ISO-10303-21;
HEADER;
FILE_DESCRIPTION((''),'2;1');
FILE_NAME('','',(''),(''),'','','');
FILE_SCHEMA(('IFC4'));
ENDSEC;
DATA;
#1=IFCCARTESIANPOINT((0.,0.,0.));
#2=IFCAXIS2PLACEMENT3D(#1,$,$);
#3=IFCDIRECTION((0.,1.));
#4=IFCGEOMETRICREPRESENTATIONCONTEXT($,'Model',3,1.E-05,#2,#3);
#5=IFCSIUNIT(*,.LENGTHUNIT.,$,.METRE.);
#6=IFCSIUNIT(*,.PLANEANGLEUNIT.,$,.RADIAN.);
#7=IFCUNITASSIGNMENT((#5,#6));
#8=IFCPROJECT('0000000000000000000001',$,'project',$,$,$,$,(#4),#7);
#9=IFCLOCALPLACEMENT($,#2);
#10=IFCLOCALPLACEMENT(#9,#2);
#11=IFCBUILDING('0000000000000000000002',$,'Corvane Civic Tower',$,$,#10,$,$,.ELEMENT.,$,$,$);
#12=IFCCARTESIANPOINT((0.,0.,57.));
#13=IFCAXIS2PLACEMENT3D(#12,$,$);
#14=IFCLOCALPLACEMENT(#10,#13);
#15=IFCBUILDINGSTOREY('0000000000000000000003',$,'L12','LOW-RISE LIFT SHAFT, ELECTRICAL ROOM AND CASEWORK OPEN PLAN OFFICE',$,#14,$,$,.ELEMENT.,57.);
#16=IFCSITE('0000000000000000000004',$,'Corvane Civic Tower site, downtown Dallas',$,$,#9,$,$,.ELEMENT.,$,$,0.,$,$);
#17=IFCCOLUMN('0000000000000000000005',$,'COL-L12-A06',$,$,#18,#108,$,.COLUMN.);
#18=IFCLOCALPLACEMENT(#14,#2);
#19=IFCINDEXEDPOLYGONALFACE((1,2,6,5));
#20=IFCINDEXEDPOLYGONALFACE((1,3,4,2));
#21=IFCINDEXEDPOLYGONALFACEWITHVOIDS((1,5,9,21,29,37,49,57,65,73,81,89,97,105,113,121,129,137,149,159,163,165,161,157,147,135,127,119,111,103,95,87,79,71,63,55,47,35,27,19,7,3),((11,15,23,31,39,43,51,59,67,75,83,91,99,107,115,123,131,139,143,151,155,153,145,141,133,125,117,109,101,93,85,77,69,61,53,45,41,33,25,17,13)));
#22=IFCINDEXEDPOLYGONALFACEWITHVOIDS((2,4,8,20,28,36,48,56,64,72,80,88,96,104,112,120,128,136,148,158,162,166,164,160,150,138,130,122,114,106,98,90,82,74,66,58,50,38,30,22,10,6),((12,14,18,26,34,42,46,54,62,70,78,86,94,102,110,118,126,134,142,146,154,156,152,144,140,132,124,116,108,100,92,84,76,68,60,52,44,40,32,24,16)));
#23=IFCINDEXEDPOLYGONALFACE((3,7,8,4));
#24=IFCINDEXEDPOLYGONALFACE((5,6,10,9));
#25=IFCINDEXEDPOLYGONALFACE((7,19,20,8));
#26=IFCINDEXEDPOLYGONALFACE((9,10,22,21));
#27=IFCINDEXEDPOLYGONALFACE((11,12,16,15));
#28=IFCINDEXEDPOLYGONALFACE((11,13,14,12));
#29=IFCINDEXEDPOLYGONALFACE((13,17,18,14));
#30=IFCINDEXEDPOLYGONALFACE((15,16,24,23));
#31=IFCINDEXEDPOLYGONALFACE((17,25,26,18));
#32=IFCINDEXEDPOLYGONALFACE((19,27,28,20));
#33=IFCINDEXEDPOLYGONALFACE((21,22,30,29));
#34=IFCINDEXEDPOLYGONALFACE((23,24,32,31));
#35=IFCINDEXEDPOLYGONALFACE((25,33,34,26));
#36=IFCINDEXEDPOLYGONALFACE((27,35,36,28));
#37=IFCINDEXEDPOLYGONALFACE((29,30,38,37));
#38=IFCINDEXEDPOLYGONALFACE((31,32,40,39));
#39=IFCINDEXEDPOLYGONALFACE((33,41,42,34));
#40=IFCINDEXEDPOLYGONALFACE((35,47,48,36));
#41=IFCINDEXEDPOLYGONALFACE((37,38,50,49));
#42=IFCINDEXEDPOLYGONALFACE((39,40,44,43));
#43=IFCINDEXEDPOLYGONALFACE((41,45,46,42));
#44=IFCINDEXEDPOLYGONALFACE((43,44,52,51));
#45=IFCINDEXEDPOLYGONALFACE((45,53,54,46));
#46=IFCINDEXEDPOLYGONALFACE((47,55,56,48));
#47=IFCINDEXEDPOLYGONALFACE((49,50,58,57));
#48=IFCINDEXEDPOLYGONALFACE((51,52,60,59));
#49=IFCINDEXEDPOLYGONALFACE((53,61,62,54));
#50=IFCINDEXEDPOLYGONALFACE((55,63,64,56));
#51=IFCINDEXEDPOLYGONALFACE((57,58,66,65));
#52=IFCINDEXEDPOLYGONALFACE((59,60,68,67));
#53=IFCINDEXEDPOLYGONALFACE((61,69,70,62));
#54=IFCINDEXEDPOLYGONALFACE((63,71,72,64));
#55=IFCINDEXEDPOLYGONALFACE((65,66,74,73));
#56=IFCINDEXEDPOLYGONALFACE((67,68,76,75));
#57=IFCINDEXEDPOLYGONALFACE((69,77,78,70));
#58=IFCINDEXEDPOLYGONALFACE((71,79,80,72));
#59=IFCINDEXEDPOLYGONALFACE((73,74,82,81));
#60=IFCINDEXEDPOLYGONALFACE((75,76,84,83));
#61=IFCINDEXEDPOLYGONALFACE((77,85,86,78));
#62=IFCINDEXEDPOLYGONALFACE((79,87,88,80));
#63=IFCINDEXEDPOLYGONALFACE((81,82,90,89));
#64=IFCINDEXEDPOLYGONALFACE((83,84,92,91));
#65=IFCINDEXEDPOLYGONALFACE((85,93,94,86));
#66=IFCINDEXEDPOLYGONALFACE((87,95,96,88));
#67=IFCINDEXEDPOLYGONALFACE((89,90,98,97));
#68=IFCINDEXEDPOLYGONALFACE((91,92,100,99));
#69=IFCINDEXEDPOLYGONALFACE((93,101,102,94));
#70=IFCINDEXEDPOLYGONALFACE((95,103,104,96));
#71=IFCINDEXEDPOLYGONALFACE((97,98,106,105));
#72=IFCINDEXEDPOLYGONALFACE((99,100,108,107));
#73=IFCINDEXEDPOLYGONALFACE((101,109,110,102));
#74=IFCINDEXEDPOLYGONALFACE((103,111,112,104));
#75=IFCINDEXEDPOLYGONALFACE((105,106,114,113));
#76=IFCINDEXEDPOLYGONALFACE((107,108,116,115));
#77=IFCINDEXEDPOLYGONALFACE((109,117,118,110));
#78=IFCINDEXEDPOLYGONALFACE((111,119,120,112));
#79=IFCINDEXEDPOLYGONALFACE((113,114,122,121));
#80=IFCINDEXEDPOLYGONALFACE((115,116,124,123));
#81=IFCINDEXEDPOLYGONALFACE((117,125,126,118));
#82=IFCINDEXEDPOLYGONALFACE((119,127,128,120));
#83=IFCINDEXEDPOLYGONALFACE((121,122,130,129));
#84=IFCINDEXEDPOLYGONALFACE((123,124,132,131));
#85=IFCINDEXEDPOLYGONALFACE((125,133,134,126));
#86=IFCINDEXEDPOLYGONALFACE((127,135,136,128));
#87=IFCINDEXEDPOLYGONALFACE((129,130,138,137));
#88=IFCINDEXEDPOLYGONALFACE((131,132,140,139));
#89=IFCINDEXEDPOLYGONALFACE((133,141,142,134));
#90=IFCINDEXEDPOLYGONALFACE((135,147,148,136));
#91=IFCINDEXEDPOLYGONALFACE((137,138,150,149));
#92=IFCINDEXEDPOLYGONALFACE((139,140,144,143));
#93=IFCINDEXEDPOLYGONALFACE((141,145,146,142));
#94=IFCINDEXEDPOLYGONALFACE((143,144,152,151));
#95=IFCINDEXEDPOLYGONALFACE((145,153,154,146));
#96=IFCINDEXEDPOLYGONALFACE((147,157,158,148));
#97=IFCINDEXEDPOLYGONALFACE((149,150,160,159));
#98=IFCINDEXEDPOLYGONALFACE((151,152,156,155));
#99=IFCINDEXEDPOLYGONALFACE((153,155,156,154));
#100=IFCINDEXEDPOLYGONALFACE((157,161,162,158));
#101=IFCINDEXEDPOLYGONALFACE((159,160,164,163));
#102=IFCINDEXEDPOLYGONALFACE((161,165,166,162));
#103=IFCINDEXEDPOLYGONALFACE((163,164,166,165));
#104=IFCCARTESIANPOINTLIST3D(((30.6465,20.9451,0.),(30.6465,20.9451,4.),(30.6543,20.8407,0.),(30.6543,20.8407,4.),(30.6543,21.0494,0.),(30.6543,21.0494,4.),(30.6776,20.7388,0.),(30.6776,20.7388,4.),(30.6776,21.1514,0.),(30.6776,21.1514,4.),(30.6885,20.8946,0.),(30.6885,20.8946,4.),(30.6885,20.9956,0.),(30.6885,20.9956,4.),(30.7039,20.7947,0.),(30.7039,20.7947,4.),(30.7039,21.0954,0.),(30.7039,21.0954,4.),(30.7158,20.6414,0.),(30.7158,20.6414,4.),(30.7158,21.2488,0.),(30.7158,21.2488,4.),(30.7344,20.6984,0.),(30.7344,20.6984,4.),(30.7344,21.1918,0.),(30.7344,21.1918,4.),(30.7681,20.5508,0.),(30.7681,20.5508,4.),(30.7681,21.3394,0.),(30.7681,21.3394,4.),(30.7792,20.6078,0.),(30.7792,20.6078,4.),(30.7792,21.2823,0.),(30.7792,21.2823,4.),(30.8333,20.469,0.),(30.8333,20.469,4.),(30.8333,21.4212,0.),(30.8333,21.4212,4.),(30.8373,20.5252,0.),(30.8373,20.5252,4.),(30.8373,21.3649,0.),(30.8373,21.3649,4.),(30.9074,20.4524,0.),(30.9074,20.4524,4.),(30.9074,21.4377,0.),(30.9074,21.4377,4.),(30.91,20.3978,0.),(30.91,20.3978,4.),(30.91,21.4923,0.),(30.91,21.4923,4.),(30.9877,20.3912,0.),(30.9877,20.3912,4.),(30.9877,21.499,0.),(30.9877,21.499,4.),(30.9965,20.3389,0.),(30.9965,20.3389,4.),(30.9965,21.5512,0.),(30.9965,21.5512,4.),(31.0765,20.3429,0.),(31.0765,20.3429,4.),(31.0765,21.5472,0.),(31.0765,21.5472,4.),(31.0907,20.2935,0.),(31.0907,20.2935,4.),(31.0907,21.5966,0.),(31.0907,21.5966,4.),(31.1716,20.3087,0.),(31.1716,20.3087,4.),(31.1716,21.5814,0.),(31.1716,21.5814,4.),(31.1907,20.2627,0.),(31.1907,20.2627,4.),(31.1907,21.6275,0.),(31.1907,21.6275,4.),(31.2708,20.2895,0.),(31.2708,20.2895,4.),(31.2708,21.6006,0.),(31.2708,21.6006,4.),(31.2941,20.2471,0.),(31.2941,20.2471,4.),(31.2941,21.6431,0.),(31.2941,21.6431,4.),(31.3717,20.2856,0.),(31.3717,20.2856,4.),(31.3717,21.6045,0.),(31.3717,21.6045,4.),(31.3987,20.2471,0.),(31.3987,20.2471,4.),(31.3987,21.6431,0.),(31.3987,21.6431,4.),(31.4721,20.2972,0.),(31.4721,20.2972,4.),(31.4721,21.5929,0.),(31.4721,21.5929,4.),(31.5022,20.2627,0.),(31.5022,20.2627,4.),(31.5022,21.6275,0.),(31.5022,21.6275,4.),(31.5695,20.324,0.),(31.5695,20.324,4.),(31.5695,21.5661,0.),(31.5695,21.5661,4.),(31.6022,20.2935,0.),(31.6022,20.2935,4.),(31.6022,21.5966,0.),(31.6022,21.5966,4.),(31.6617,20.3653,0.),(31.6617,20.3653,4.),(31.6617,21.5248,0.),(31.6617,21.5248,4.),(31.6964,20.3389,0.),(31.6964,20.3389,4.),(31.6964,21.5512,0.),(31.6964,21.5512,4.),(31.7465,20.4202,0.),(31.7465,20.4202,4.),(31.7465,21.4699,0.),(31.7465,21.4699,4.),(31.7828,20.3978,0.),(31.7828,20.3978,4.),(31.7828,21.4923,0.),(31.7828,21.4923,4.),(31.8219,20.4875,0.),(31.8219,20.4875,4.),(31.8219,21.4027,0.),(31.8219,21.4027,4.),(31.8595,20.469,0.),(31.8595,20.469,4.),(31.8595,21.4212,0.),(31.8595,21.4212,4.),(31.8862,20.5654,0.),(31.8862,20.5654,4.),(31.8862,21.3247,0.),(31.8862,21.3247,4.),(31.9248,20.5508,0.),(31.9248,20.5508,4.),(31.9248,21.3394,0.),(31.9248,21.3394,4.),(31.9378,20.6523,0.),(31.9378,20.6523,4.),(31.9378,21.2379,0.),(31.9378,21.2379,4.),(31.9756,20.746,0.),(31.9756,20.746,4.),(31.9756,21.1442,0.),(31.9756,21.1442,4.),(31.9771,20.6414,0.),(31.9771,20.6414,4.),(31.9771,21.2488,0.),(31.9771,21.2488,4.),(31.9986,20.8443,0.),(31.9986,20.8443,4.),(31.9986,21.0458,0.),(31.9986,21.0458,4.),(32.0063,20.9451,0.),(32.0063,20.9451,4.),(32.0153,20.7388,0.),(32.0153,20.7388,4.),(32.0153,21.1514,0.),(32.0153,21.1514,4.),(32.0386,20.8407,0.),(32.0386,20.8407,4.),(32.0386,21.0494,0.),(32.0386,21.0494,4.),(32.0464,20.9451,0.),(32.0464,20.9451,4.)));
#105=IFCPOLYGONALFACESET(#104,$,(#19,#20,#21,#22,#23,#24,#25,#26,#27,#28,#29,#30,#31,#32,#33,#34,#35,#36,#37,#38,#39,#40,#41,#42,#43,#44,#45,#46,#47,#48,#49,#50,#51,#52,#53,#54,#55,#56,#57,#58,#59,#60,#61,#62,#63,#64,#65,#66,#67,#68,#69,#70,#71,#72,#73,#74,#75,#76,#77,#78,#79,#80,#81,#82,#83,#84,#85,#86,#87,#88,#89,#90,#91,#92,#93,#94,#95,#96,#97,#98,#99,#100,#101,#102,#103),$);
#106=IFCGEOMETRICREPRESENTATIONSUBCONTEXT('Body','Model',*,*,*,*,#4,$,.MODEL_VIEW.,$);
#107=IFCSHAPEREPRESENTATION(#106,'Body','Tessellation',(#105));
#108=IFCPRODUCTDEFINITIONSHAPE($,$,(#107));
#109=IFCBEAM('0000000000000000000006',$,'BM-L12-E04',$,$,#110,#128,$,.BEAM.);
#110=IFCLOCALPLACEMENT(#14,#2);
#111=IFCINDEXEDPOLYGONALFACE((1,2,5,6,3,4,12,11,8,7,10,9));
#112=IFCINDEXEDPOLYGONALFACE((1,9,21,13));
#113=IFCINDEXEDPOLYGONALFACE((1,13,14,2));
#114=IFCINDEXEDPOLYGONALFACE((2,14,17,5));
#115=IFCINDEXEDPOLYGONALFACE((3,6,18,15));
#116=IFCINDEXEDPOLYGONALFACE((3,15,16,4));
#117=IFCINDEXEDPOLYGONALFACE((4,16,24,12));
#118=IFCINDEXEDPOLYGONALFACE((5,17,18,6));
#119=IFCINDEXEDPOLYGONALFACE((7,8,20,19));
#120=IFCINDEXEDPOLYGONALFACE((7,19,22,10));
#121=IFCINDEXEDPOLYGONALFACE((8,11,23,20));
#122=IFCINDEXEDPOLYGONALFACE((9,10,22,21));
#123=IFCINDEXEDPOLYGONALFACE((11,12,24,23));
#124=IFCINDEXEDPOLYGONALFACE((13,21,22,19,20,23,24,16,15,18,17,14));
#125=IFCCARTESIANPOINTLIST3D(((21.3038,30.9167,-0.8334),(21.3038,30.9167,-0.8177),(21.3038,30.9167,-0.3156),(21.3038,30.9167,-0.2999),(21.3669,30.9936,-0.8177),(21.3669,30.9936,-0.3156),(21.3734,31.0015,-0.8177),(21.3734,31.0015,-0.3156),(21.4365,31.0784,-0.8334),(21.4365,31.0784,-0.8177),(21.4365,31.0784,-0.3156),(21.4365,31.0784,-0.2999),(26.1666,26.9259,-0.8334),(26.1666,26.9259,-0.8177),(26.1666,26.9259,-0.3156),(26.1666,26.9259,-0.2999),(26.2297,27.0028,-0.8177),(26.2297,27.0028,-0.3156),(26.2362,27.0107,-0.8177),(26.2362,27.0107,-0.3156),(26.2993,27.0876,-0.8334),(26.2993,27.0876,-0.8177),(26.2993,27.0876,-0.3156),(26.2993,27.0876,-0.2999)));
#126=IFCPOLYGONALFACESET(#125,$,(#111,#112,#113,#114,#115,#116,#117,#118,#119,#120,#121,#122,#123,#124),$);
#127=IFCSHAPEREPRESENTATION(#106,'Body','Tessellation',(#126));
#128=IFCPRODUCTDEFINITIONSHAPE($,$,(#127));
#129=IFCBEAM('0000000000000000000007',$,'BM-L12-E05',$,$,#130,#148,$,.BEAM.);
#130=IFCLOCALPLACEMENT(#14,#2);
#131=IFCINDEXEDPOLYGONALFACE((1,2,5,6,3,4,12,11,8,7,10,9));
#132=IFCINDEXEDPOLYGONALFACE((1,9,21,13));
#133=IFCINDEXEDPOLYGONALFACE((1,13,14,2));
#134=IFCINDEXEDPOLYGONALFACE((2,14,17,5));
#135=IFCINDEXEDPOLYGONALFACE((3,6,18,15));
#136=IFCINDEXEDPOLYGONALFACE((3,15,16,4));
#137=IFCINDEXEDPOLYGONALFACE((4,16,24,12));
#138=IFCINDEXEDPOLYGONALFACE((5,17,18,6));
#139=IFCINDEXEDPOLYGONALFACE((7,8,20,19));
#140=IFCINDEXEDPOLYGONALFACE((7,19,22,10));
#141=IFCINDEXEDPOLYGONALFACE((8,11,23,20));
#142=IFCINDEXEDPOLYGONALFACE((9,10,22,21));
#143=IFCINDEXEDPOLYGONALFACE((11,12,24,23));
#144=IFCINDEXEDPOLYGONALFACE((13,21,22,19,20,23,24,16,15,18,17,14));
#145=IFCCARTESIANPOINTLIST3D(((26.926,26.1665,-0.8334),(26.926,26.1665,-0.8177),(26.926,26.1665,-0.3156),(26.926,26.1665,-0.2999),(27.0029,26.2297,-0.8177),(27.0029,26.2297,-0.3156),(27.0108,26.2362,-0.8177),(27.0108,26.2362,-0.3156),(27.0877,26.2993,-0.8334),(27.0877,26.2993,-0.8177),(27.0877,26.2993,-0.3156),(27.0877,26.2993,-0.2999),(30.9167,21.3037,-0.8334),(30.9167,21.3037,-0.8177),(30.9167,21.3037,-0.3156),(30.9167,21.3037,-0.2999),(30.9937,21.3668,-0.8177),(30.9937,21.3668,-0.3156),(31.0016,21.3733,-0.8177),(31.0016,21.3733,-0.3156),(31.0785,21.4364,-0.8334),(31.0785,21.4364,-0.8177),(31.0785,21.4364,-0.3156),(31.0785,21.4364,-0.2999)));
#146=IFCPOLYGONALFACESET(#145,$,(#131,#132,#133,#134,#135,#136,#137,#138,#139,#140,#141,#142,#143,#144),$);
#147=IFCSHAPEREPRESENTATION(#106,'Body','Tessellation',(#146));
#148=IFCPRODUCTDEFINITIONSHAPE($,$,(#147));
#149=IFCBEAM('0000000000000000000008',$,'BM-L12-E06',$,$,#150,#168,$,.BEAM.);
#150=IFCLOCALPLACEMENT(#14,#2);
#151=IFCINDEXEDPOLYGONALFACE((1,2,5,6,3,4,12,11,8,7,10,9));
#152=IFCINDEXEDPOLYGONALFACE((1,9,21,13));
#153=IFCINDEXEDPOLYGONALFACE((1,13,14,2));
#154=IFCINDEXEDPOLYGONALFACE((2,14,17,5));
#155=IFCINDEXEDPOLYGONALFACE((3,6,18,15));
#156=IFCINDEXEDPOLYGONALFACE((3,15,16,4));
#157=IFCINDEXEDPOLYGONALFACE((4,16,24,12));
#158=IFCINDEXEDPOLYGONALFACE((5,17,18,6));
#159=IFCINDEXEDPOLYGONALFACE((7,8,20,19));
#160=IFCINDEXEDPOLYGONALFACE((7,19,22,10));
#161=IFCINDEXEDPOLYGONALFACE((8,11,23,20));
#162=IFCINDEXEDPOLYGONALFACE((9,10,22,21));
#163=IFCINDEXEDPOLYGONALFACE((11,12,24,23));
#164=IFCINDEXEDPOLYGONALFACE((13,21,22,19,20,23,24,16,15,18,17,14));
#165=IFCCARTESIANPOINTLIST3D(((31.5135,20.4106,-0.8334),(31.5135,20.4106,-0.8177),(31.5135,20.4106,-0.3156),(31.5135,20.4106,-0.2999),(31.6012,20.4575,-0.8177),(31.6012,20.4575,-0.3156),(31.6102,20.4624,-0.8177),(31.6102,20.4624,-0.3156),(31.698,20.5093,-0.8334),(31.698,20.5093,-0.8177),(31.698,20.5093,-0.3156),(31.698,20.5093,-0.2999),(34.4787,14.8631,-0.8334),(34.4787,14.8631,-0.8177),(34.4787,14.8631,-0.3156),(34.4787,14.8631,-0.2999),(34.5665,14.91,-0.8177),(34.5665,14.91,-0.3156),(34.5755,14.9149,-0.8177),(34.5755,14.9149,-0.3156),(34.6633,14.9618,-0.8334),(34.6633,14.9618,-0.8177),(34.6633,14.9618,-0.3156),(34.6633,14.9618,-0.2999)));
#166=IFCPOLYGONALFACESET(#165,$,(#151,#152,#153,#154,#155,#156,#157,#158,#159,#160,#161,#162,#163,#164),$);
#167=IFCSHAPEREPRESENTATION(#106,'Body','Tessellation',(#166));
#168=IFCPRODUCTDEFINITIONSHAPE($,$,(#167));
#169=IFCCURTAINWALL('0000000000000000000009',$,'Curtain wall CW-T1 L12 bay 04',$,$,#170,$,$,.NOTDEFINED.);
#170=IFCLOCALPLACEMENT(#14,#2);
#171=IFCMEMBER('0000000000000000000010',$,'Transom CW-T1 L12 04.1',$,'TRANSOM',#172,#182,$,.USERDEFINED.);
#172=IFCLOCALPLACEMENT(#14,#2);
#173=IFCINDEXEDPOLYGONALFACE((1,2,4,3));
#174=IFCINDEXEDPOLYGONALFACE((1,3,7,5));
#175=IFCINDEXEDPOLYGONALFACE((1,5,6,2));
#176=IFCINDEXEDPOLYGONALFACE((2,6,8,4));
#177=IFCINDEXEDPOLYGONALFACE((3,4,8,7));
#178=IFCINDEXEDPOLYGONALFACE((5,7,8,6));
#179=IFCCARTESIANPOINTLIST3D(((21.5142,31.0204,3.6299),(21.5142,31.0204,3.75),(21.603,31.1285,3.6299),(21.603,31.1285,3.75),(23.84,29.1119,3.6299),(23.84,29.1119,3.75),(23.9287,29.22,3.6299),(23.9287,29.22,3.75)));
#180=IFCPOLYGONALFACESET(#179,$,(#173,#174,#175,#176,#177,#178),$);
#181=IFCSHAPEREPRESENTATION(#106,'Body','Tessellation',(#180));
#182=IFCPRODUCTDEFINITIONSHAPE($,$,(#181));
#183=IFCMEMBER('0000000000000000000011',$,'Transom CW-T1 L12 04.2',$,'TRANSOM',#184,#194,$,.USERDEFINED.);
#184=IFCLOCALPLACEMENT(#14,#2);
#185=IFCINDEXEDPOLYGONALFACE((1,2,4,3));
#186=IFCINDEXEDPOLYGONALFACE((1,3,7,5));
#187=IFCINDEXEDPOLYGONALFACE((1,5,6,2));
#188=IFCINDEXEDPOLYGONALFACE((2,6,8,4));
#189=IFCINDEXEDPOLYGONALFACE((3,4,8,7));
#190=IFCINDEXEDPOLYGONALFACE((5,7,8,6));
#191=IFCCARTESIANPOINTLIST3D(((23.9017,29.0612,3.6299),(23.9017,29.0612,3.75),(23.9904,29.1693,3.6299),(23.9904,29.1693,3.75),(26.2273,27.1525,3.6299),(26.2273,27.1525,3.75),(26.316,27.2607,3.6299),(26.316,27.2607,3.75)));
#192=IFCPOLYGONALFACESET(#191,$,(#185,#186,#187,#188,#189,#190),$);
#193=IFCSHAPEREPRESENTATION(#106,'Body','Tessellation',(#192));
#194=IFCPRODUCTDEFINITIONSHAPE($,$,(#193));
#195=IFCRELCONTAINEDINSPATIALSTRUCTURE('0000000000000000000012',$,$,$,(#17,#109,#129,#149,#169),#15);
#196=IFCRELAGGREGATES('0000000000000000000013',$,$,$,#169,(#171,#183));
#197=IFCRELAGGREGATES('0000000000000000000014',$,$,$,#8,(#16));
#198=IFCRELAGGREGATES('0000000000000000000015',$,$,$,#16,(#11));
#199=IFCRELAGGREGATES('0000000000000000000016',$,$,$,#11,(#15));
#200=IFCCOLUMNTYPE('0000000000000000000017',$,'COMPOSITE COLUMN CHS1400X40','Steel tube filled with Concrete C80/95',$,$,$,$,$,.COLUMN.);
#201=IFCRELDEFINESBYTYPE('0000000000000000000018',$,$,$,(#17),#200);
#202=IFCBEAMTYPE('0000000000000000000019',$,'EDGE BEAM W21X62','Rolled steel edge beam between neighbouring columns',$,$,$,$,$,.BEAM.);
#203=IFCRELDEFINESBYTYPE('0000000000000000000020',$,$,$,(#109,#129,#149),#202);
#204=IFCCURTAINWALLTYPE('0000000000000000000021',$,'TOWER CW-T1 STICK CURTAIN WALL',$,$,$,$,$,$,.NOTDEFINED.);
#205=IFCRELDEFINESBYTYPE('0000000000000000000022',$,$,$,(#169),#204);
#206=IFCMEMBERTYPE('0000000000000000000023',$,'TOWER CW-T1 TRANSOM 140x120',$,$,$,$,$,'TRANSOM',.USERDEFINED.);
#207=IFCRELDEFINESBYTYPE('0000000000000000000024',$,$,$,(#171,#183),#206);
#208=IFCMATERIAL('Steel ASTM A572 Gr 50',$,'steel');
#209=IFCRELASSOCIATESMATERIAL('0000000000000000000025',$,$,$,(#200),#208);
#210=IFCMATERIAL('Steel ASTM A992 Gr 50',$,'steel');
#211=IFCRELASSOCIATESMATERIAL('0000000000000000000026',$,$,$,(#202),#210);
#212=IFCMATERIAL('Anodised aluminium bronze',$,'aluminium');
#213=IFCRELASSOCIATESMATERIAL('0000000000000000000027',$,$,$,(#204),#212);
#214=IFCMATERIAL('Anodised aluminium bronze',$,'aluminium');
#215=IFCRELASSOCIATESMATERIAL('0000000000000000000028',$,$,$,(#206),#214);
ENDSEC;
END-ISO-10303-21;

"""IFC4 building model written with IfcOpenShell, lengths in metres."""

from ifc_helpers import new_model, si_unit, direction, frame, origin, origin_2d, place, context, subcontext, project, spatial, rectangle, hollow_circle, i_section, extrude, material, material_profile, profile_set, type_object, element, aggregate, save


model = new_model("IFC4")

# Units and contexts
model_context = context("Model", 3, precision=1e-05, world=origin(), true_north=direction((0.0, 1.0)))
body_context = subcontext(model_context, "Body", "Model", "MODEL_VIEW")
ifc_project = project(units=[si_unit("LENGTHUNIT", "METRE"), si_unit("PLANEANGLEUNIT", "RADIAN")], contexts=[model_context])

# Site, building, storey
site_placement = place(None, origin())
site = spatial("IfcSite", under=ifc_project, at=site_placement, Name="Corvane Civic Tower site, downtown Dallas", CompositionType="ELEMENT", RefElevation=0.0)
building_placement = place(site_placement, origin())
building = spatial("IfcBuilding", under=site, at=building_placement, Name="Corvane Civic Tower", CompositionType="ELEMENT")
storey_placement = place(building_placement, frame((0.0, 0.0, 57.0)))
storey = spatial("IfcBuildingStorey", under=building, at=storey_placement, Name="L12", Description="LOW-RISE LIFT SHAFT, ELECTRICAL ROOM AND CASEWORK OPEN PLAN OFFICE", CompositionType="ELEMENT", Elevation=57.0)

# Column
ifc_material_1 = material(Name="Steel ASTM A572 Gr 50", Category="steel")
ifc_material_profile_1 = material_profile(ifc_material_1, hollow_circle(Radius=0.7, WallThickness=0.04, at=origin_2d()), Name="CHS1400X40")
ifc_profile_set_1 = profile_set([ifc_material_profile_1], Name="Steel ASTM A572 Gr 50")
column_type = type_object("IfcColumnType", Name="COMPOSITE COLUMN CHS1400X40", Description="Steel tube filled with Concrete C80/95", PredefinedType="COLUMN", material=ifc_profile_set_1)
for number, where, z_axis, x_axis, name in (
    (1, (31.3464, 20.9451, 0.0), (0.0, 0.0, 1.0), (1.0, 0.0, 0.0), "COL-L12-A06"),
):
    element("IfcColumn", number, at=place(storey_placement, frame(where, z_axis=z_axis, x_axis=x_axis)), inside=storey, type_object=column_type, Name=name, PredefinedType="COLUMN", context=body_context, shape_type="SweptSolid", body=[
        extrude(hollow_circle(Radius=0.7, WallThickness=0.04, at=origin_2d()), origin(), (0.0, 0.0, 1.0), 4.0),
    ])

# Beams
ifc_material_2 = material(Name="Steel ASTM A992 Gr 50", Category="steel")
ifc_material_profile_2 = material_profile(ifc_material_2, i_section(OverallWidth=0.2092, OverallDepth=0.5334, WebThickness=0.0103, FlangeThickness=0.0156, at=origin_2d()), Name="W21X62")
ifc_profile_set_2 = profile_set([ifc_material_profile_2], Name="Steel ASTM A992 Gr 50")
beam_type = type_object("IfcBeamType", Name="EDGE BEAM W21X62", Description="Rolled steel edge beam between neighbouring columns", PredefinedType="BEAM", material=ifc_profile_set_2)
for number, where, z_axis, x_axis, name in (
    (2, (21.3701, 30.9976, -0.5667), (0.773016, -0.634387, 0.0), (0.634387, 0.773016, 0.0), "BM-L12-E04"),
    (3, (27.0068, 26.2329, -0.5667), (0.634387, -0.773016, 0.0), (0.773016, 0.634387, 0.0), "BM-L12-E05"),
):
    element("IfcBeam", number, at=place(storey_placement, frame(where, z_axis=z_axis, x_axis=x_axis)), inside=storey, type_object=beam_type, Name=name, PredefinedType="BEAM", context=body_context, shape_type="SweptSolid", body=[
        extrude(i_section(OverallWidth=0.2092, OverallDepth=0.5334, WebThickness=0.0103, FlangeThickness=0.0156, at=origin_2d()), origin(), (0.0, 0.0, 1.0), 6.2908),
    ])
beam_placement = place(storey_placement, frame((31.6057, 20.46, -0.5667), z_axis=(0.471406, -0.881916, 0.0), x_axis=(0.881916, 0.471406, 0.0)))
element("IfcBeam", 4, at=beam_placement, inside=storey, type_object=beam_type, Name="BM-L12-E06", PredefinedType="BEAM", context=body_context, shape_type="SweptSolid", body=[
    extrude(i_section(OverallWidth=0.2092, OverallDepth=0.5334, WebThickness=0.0103, FlangeThickness=0.0156, at=origin_2d()), origin(), (0.0, 0.0, 1.0), 6.2903),
])

# Curtain wall, members
ifc_material_3 = material(Name="Anodised aluminium bronze", Category="aluminium")
curtain_wall_type = type_object("IfcCurtainWallType", Name="TOWER CW-T1 STICK CURTAIN WALL", PredefinedType="NOTDEFINED", material=ifc_material_3)
curtain_wall_1_placement = place(storey_placement, origin())
curtain_wall_1 = element("IfcCurtainWall", 5, at=curtain_wall_1_placement, inside=storey, type_object=curtain_wall_type, Name="Curtain wall CW-T1 L12 bay 04", PredefinedType="NOTDEFINED")
ifc_material_4 = material(Name="Anodised aluminium bronze", Category="aluminium")
ifc_material_profile_3 = material_profile(ifc_material_4, rectangle(XDim=0.1399, YDim=0.1201, at=origin_2d()), Name="TOWER CW-T1 TRANSOM 140x120")
ifc_profile_set_3 = profile_set([ifc_material_profile_3], Name="Anodised aluminium bronze")
member_type_1 = type_object("IfcMemberType", Name="TOWER CW-T1 TRANSOM 140x120", ElementType="TRANSOM", PredefinedType="USERDEFINED", material=ifc_profile_set_3)
member_1_placement = place(storey_placement, frame((21.5586, 31.0745, 3.6899), z_axis=(0.773042, -0.634355, 0.0), x_axis=(0.634355, 0.773042, 0.0)))
member_1 = element("IfcMember", 6, at=member_1_placement, type_object=member_type_1, Name="Transom CW-T1 L12 04.1", ObjectType="TRANSOM", PredefinedType="USERDEFINED", context=body_context, shape_type="SweptSolid", body=[
    extrude(rectangle(XDim=0.1399, YDim=0.1201, at=origin_2d()), origin(), (0.0, 0.0, 1.0), 3.0085),
])
member_2_placement = place(storey_placement, frame((23.946, 29.1152, 3.6899), z_axis=(0.773002, -0.634404, 0.0), x_axis=(0.634404, 0.773002, 0.0)))
member_2 = element("IfcMember", 7, at=member_2_placement, type_object=member_type_1, Name="Transom CW-T1 L12 04.2", ObjectType="TRANSOM", PredefinedType="USERDEFINED", context=body_context, shape_type="SweptSolid", body=[
    extrude(rectangle(XDim=0.1399, YDim=0.1201, at=origin_2d()), origin(), (0.0, 0.0, 1.0), 3.0085),
])

aggregate(curtain_wall_1, [member_1, member_2])

save(model, "model.ifc")
